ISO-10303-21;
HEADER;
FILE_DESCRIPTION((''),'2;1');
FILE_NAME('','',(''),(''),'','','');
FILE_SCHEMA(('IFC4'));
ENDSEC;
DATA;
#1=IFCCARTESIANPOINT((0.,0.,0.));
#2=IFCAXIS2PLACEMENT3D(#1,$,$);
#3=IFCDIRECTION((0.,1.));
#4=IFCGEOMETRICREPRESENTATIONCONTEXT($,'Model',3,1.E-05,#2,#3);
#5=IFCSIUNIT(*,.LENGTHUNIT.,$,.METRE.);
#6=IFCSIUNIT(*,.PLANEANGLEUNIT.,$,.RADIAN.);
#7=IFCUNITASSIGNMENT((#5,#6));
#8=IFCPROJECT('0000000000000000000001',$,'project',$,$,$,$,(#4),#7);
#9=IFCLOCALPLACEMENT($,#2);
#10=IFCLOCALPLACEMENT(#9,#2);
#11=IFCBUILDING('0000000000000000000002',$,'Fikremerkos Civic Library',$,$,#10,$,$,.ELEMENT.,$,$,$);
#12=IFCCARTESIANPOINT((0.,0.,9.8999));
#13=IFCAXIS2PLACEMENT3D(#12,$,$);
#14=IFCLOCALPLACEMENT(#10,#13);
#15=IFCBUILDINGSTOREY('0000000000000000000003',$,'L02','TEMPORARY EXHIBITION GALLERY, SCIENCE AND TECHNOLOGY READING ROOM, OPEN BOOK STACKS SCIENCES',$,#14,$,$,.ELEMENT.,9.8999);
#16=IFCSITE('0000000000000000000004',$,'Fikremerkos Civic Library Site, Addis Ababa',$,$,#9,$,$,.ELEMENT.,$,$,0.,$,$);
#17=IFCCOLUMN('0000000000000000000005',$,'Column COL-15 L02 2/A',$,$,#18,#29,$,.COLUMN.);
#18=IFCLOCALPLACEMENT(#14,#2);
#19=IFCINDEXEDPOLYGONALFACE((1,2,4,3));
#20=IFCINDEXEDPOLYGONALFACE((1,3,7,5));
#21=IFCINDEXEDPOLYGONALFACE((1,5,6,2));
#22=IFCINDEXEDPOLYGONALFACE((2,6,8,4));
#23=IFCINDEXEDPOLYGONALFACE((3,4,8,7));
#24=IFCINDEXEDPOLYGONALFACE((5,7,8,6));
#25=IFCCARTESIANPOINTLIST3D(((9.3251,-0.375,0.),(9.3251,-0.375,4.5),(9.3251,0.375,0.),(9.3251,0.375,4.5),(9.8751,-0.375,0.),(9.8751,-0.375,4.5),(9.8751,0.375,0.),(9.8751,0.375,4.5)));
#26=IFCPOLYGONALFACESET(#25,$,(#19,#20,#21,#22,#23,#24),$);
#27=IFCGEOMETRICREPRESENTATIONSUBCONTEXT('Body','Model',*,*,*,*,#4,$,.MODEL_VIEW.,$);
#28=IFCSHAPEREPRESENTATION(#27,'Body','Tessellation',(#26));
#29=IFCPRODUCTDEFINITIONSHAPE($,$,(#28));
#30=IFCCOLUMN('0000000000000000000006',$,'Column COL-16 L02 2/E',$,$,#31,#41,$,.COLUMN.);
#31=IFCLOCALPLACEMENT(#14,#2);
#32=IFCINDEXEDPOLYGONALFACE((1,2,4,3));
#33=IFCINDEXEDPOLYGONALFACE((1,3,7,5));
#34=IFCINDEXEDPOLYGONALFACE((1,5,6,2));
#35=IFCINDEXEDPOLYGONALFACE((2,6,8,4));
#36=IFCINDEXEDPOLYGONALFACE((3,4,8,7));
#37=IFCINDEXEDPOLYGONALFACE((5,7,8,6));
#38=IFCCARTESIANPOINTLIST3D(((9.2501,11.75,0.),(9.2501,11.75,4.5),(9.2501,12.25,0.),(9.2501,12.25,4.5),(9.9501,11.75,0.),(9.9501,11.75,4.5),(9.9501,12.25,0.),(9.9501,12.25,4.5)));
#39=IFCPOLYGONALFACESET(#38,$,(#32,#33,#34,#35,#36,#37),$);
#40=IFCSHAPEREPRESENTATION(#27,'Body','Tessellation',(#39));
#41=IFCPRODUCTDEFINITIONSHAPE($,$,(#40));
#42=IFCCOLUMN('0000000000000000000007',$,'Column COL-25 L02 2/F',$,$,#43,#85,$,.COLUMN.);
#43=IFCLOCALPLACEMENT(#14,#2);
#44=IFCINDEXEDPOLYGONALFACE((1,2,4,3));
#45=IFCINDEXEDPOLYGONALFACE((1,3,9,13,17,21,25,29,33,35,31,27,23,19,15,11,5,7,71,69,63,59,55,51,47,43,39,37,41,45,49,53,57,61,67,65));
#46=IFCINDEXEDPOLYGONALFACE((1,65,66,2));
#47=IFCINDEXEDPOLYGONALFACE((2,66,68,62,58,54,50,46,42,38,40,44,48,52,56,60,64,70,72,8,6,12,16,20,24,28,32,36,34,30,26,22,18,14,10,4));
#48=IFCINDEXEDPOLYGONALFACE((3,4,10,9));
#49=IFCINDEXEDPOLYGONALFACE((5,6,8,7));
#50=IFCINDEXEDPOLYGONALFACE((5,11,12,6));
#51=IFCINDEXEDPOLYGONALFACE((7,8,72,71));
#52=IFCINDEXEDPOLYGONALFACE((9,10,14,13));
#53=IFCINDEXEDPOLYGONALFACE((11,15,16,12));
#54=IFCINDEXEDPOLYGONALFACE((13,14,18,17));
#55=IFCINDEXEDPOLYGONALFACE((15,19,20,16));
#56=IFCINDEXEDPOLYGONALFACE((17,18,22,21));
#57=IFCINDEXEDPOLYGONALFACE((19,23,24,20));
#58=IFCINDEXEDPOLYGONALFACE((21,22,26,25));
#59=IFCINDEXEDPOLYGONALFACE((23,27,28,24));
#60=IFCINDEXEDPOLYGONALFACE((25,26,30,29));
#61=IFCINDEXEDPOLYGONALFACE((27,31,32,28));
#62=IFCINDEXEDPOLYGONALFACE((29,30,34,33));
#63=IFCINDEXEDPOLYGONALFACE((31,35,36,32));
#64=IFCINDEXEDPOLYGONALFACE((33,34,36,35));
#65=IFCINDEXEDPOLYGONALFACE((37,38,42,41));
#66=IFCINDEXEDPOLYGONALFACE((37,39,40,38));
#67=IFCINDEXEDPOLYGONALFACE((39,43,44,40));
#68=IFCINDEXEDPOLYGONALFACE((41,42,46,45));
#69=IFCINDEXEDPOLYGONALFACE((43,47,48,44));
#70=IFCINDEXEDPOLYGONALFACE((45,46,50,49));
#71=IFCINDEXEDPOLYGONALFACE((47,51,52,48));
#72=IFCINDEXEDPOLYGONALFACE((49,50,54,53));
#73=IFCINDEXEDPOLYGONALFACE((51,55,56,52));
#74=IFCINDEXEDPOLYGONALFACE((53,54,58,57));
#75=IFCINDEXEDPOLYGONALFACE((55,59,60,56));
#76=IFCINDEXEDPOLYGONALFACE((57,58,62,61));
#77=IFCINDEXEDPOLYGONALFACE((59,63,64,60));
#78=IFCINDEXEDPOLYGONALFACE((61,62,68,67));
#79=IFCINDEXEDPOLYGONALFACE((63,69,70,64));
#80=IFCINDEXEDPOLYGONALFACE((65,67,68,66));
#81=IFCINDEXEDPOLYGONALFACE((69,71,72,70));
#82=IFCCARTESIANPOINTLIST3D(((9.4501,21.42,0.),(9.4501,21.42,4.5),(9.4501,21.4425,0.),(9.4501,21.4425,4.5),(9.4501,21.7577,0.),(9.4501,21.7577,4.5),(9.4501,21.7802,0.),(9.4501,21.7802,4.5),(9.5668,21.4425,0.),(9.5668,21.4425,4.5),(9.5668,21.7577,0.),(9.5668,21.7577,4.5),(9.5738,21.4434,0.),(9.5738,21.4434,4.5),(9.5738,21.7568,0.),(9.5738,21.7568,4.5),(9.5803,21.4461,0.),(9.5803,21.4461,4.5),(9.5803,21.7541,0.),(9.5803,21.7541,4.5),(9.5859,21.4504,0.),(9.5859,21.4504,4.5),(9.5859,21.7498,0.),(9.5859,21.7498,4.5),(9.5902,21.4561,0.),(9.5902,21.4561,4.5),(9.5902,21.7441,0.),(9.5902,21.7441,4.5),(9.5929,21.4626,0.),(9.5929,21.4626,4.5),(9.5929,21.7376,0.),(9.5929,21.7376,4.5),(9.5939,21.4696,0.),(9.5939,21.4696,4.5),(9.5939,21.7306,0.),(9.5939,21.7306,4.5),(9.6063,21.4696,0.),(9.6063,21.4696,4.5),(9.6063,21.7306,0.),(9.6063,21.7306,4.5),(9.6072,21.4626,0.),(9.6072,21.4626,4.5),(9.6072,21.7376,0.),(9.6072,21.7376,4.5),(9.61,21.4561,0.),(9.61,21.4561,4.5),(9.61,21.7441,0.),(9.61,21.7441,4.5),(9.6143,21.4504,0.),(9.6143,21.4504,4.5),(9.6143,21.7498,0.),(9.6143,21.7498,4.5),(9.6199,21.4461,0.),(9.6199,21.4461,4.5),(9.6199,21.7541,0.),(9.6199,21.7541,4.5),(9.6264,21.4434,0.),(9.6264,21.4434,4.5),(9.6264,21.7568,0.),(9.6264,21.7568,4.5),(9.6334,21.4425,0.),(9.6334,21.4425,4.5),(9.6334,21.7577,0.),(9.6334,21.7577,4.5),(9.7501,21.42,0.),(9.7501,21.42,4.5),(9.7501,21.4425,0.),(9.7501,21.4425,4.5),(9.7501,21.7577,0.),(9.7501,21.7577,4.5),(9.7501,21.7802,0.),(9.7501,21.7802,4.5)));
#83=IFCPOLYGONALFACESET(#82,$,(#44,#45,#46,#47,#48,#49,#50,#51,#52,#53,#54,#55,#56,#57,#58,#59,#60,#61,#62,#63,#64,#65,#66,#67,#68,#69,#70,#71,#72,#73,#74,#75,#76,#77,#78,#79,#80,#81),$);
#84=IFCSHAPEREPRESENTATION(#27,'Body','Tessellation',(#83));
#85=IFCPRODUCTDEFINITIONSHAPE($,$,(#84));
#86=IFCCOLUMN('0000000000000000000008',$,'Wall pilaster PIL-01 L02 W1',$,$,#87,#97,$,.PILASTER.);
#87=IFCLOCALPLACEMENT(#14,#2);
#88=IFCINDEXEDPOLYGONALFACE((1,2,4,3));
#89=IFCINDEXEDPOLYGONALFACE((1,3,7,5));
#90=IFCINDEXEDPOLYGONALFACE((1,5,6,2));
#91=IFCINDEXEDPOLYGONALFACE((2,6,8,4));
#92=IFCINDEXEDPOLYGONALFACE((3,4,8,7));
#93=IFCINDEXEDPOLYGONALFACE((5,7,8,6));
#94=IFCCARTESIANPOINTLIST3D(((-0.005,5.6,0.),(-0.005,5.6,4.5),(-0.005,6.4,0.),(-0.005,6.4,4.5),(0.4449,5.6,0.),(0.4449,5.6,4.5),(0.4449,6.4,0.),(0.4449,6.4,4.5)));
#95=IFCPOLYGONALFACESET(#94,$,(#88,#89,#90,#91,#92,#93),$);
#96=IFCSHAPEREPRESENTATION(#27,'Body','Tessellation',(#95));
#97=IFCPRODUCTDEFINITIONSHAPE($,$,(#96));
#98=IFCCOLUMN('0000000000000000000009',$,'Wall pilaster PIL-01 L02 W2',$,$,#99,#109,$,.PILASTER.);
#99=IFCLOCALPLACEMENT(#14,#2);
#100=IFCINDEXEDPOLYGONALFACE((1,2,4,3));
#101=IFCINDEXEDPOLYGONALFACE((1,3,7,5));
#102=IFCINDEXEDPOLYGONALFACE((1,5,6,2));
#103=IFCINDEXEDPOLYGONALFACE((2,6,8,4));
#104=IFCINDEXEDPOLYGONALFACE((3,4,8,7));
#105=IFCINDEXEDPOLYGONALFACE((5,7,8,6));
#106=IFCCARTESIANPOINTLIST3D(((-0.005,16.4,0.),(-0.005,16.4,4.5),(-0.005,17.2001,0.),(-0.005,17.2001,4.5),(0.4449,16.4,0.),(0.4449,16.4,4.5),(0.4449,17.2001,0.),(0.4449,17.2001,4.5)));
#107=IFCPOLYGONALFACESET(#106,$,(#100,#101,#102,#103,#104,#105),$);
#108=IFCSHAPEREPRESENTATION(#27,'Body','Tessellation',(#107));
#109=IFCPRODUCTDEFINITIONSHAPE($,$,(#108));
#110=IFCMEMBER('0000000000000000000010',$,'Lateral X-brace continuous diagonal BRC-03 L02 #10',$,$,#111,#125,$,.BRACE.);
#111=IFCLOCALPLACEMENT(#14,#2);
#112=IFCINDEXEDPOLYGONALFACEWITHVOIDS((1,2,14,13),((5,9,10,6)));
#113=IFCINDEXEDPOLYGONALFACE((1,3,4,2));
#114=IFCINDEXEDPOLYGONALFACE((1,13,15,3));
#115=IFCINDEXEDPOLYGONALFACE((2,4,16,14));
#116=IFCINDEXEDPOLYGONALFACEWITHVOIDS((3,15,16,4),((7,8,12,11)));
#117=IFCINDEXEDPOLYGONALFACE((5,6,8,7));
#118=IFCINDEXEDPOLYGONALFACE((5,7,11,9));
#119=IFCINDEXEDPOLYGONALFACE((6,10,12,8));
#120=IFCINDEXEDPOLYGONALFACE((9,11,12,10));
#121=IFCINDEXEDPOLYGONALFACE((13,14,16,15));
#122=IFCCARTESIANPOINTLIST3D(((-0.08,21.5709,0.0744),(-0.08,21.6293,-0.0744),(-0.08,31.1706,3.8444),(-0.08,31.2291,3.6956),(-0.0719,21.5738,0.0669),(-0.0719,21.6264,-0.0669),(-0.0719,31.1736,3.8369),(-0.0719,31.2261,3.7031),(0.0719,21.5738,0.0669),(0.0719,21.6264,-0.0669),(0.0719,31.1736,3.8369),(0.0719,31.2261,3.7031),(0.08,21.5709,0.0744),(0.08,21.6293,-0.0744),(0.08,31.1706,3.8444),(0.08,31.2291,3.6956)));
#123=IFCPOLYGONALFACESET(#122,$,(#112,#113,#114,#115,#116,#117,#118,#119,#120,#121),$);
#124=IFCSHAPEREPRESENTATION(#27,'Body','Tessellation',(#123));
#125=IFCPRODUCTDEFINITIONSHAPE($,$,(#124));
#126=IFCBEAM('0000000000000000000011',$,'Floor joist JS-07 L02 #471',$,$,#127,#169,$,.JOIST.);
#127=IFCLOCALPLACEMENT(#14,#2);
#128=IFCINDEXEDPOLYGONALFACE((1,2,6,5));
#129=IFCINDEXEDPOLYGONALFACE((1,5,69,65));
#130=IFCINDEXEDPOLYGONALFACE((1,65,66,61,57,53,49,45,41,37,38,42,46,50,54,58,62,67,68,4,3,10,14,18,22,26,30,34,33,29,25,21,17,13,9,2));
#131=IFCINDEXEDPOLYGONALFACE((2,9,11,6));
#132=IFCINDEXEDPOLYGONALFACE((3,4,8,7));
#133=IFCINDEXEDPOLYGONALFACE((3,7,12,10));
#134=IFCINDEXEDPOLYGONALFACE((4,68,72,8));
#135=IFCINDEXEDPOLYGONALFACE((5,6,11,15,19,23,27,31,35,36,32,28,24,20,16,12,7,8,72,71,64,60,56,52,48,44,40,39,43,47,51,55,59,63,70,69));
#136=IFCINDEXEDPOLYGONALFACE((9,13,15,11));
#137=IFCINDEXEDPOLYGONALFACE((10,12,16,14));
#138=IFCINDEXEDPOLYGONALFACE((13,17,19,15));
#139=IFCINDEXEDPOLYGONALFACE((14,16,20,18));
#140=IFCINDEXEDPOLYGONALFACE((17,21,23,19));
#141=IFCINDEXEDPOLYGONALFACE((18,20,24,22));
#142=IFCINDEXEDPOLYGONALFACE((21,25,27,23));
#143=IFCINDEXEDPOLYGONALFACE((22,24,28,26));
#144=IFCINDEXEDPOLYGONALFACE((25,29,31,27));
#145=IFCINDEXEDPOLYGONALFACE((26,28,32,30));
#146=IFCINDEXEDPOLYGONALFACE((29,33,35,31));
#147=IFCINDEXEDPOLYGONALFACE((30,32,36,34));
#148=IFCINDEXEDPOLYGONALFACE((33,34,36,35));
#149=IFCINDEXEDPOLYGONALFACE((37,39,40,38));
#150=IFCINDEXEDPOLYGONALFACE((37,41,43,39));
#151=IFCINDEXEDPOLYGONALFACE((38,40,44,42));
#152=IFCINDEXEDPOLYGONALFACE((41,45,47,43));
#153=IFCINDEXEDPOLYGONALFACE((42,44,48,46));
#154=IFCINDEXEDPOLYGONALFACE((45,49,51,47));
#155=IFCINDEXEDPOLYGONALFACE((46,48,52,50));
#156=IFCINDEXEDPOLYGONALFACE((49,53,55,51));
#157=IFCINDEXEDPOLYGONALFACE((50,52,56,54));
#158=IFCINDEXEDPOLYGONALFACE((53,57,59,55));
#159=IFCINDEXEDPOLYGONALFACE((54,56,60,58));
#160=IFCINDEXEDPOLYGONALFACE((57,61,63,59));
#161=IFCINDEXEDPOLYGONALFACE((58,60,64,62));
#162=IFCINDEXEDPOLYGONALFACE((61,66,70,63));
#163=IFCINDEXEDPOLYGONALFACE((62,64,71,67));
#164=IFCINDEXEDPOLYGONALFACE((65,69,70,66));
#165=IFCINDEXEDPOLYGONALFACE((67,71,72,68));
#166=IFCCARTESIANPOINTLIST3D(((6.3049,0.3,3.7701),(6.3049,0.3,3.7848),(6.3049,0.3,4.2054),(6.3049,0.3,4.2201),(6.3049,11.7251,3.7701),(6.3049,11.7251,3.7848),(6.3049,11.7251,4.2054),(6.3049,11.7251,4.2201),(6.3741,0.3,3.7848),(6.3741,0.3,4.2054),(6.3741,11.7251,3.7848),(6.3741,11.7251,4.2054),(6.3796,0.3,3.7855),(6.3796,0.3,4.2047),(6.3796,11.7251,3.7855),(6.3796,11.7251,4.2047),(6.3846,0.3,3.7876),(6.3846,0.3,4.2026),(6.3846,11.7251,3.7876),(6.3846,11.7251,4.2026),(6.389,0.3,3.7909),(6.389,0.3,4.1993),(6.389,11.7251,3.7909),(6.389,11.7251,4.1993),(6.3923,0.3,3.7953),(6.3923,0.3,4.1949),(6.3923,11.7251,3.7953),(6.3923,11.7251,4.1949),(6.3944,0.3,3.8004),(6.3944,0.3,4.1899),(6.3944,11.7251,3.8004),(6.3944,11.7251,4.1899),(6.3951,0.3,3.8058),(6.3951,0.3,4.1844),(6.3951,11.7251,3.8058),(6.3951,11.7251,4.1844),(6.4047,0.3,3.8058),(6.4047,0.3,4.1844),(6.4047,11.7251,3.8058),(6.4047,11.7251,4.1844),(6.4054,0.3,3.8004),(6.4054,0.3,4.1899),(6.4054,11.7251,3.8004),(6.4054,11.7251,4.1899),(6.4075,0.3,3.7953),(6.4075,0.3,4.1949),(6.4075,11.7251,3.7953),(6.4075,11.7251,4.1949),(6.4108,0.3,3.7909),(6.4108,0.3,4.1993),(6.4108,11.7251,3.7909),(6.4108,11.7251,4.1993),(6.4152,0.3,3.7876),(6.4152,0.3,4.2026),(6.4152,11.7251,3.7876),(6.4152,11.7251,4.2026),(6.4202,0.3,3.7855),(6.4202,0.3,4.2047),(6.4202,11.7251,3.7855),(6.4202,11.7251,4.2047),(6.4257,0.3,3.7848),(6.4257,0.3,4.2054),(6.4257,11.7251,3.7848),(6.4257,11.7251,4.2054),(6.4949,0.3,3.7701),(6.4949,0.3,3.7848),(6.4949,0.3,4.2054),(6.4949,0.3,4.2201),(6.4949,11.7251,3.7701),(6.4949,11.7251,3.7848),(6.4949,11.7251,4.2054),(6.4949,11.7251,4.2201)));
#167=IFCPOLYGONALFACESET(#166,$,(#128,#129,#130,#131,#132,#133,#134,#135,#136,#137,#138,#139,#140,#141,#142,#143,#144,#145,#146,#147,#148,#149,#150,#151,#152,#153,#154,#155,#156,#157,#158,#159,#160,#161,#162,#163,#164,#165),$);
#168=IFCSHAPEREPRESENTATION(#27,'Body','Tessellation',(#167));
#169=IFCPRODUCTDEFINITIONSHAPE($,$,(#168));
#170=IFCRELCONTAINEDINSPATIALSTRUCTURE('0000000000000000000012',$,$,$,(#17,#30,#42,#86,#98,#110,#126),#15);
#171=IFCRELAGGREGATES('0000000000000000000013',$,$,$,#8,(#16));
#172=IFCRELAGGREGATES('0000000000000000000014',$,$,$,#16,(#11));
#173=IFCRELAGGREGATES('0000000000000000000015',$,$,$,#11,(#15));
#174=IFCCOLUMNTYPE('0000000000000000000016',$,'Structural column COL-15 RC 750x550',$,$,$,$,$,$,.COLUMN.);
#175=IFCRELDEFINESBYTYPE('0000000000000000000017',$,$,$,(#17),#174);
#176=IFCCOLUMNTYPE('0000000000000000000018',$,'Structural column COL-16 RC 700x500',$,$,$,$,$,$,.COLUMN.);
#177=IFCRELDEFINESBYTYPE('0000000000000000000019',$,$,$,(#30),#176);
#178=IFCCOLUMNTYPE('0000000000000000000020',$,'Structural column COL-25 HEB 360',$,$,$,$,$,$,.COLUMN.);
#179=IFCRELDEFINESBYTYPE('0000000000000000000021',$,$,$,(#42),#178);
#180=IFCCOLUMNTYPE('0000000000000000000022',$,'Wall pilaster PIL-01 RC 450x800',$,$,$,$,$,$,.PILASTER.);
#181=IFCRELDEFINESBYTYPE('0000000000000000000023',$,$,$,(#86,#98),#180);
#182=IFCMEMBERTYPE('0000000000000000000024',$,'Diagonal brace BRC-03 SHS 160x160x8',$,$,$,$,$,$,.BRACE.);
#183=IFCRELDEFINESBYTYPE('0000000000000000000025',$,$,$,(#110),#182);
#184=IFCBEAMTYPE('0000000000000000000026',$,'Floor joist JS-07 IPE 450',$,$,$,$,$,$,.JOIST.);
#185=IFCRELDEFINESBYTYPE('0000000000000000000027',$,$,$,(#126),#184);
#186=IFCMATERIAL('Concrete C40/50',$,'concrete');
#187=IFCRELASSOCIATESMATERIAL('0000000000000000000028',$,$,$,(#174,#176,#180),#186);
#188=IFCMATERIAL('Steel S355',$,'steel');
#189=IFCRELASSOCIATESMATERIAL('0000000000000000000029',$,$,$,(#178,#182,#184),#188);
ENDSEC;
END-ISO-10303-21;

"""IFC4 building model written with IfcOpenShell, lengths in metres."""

from ifc_helpers import new_model, si_unit, direction, frame, origin, origin_2d, place, context, subcontext, project, spatial, rectangle, hollow_rectangle, i_section, extrude, material, material_profile, profile_set, type_object, element, save


model = new_model("IFC4")

# Units and contexts
model_context = context("Model", 3, precision=1e-05, world=origin(), true_north=direction((0.0, 1.0)))
body_context = subcontext(model_context, "Body", "Model", "MODEL_VIEW")
ifc_project = project(units=[si_unit("LENGTHUNIT", "METRE"), si_unit("PLANEANGLEUNIT", "RADIAN")], contexts=[model_context])

# Site, building, storey
site_placement = place(None, origin())
site = spatial("IfcSite", under=ifc_project, at=site_placement, Name="Fikremerkos Civic Library Site, Addis Ababa", CompositionType="ELEMENT", RefElevation=0.0)
building_placement = place(site_placement, origin())
building = spatial("IfcBuilding", under=site, at=building_placement, Name="Fikremerkos Civic Library", CompositionType="ELEMENT")
storey_placement = place(building_placement, frame((0.0, 0.0, 9.8999)))
storey = spatial("IfcBuildingStorey", under=building, at=storey_placement, Name="L02", Description="TEMPORARY EXHIBITION GALLERY, SCIENCE AND TECHNOLOGY READING ROOM, OPEN BOOK STACKS SCIENCES", CompositionType="ELEMENT", Elevation=9.8999)

# Columns
ifc_material_1 = material(Name="Concrete C40/50", Category="concrete")
ifc_material_profile_1 = material_profile(ifc_material_1, rectangle(XDim=0.75, YDim=0.55, at=origin_2d()), Name="RC 750x550")
ifc_profile_set_1 = profile_set([ifc_material_profile_1], Name="Concrete C40/50")
column_type_1 = type_object("IfcColumnType", Name="Structural column COL-15 RC 750x550", PredefinedType="COLUMN", material=ifc_profile_set_1)
column_1_placement = place(storey_placement, frame((9.6001, 0.0, 0.0), z_axis=(0.0, 0.0, 1.0), x_axis=(0.0, 1.0, 0.0)))
element("IfcColumn", 1, at=column_1_placement, inside=storey, type_object=column_type_1, Name="Column COL-15 L02 2/A", PredefinedType="COLUMN", context=body_context, shape_type="SweptSolid", body=[
    extrude(rectangle(XDim=0.75, YDim=0.55, at=origin_2d()), origin(), (0.0, 0.0, 1.0), 4.5),
])
ifc_material_profile_2 = material_profile(ifc_material_1, rectangle(XDim=0.7, YDim=0.5, at=origin_2d()), Name="RC 700x500")
ifc_profile_set_2 = profile_set([ifc_material_profile_2], Name="Concrete C40/50")
column_type_2 = type_object("IfcColumnType", Name="Structural column COL-16 RC 700x500", PredefinedType="COLUMN", material=ifc_profile_set_2)
column_2_placement = place(storey_placement, frame((9.6001, 12.0, 0.0), z_axis=(0.0, 0.0, 1.0), x_axis=(1.0, 0.0, 0.0)))
element("IfcColumn", 2, at=column_2_placement, inside=storey, type_object=column_type_2, Name="Column COL-16 L02 2/E", PredefinedType="COLUMN", context=body_context, shape_type="SweptSolid", body=[
    extrude(rectangle(XDim=0.7, YDim=0.5, at=origin_2d()), origin(), (0.0, 0.0, 1.0), 4.5),
])
ifc_material_2 = material(Name="Steel S355", Category="steel")
ifc_material_profile_3 = material_profile(ifc_material_2, i_section(OverallWidth=0.3, OverallDepth=0.3601, WebThickness=0.0125, FlangeThickness=0.0225, FilletRadius=0.0271, at=origin_2d()), Name="HEB 360")
ifc_profile_set_3 = profile_set([ifc_material_profile_3], Name="Steel S355")
column_type_3 = type_object("IfcColumnType", Name="Structural column COL-25 HEB 360", PredefinedType="COLUMN", material=ifc_profile_set_3)
column_3_placement = place(storey_placement, frame((9.6001, 21.6001, 0.0), z_axis=(0.0, 0.0, 1.0), x_axis=(1.0, 0.0, 0.0)))
element("IfcColumn", 3, at=column_3_placement, inside=storey, type_object=column_type_3, Name="Column COL-25 L02 2/F", PredefinedType="COLUMN", context=body_context, shape_type="SweptSolid", body=[
    extrude(i_section(OverallWidth=0.3, OverallDepth=0.3601, WebThickness=0.0125, FlangeThickness=0.0225, FilletRadius=0.0271, at=origin_2d()), origin(), (0.0, 0.0, 1.0), 4.5),
])
ifc_material_profile_4 = material_profile(ifc_material_1, rectangle(XDim=0.45, YDim=0.8, at=origin_2d()), Name="RC 450x800")
ifc_profile_set_4 = profile_set([ifc_material_profile_4], Name="Concrete C40/50")
column_type_4 = type_object("IfcColumnType", Name="Wall pilaster PIL-01 RC 450x800", PredefinedType="PILASTER", material=ifc_profile_set_4)
for number, where, z_axis, x_axis, name in (
    (4, (0.22, 6.0, 0.0), (0.0, 0.0, 1.0), (1.0, 0.0, 0.0), "Wall pilaster PIL-01 L02 W1"),
    (5, (0.22, 16.8, 0.0), (0.0, 0.0, 1.0), (1.0, 0.0, 0.0), "Wall pilaster PIL-01 L02 W2"),
):
    element("IfcColumn", number, at=place(storey_placement, frame(where, z_axis=z_axis, x_axis=x_axis)), inside=storey, type_object=column_type_4, Name=name, PredefinedType="PILASTER", context=body_context, shape_type="SweptSolid", body=[
        extrude(rectangle(XDim=0.45, YDim=0.8, at=origin_2d()), origin(), (0.0, 0.0, 1.0), 4.5),
    ])

# Member
ifc_material_profile_5 = material_profile(ifc_material_2, hollow_rectangle(XDim=0.1599, YDim=0.1599, WallThickness=0.0081, at=origin_2d()), Name="SHS 160x160x8")
ifc_profile_set_5 = profile_set([ifc_material_profile_5], Name="Steel S355")
member_type = type_object("IfcMemberType", Name="Diagonal brace BRC-03 SHS 160x160x8", PredefinedType="BRACE", material=ifc_profile_set_5)
member_placement = place(storey_placement, frame((0.0, 21.6001, 0.0), z_axis=(0.0, 0.930796, 0.365539), x_axis=(-1.0, 0.0, 0.0)))
element("IfcMember", 6, at=member_placement, inside=storey, type_object=member_type, Name="Lateral X-brace continuous diagonal BRC-03 L02 #10", PredefinedType="BRACE", context=body_context, shape_type="SweptSolid", body=[
    extrude(hollow_rectangle(XDim=0.1599, YDim=0.1599, WallThickness=0.0081, at=origin_2d()), origin(), (0.0, 0.0, 1.0), 10.3135),
])

# Beam
ifc_material_profile_6 = material_profile(ifc_material_2, i_section(OverallWidth=0.1899, OverallDepth=0.45, WebThickness=0.0095, FlangeThickness=0.0146, FilletRadius=0.021, at=origin_2d()), Name="IPE 450")
ifc_profile_set_6 = profile_set([ifc_material_profile_6], Name="Steel S355")
beam_type_1 = type_object("IfcBeamType", Name="Floor joist JS-07 IPE 450", PredefinedType="JOIST", material=ifc_profile_set_6)
beam_1_placement = place(storey_placement, frame((6.3999, 0.3, 3.9951), z_axis=(0.0, 1.0, 0.0), x_axis=(-1.0, 0.0, 0.0)))
element("IfcBeam", 7, at=beam_1_placement, inside=storey, type_object=beam_type_1, Name="Floor joist JS-07 L02 #471", PredefinedType="JOIST", context=body_context, shape_type="SweptSolid", body=[
    extrude(i_section(OverallWidth=0.1899, OverallDepth=0.45, WebThickness=0.0095, FlangeThickness=0.0146, FilletRadius=0.021, at=origin_2d()), origin(), (0.0, 0.0, 1.0), 11.425),
])

save(model, "model.ifc")
